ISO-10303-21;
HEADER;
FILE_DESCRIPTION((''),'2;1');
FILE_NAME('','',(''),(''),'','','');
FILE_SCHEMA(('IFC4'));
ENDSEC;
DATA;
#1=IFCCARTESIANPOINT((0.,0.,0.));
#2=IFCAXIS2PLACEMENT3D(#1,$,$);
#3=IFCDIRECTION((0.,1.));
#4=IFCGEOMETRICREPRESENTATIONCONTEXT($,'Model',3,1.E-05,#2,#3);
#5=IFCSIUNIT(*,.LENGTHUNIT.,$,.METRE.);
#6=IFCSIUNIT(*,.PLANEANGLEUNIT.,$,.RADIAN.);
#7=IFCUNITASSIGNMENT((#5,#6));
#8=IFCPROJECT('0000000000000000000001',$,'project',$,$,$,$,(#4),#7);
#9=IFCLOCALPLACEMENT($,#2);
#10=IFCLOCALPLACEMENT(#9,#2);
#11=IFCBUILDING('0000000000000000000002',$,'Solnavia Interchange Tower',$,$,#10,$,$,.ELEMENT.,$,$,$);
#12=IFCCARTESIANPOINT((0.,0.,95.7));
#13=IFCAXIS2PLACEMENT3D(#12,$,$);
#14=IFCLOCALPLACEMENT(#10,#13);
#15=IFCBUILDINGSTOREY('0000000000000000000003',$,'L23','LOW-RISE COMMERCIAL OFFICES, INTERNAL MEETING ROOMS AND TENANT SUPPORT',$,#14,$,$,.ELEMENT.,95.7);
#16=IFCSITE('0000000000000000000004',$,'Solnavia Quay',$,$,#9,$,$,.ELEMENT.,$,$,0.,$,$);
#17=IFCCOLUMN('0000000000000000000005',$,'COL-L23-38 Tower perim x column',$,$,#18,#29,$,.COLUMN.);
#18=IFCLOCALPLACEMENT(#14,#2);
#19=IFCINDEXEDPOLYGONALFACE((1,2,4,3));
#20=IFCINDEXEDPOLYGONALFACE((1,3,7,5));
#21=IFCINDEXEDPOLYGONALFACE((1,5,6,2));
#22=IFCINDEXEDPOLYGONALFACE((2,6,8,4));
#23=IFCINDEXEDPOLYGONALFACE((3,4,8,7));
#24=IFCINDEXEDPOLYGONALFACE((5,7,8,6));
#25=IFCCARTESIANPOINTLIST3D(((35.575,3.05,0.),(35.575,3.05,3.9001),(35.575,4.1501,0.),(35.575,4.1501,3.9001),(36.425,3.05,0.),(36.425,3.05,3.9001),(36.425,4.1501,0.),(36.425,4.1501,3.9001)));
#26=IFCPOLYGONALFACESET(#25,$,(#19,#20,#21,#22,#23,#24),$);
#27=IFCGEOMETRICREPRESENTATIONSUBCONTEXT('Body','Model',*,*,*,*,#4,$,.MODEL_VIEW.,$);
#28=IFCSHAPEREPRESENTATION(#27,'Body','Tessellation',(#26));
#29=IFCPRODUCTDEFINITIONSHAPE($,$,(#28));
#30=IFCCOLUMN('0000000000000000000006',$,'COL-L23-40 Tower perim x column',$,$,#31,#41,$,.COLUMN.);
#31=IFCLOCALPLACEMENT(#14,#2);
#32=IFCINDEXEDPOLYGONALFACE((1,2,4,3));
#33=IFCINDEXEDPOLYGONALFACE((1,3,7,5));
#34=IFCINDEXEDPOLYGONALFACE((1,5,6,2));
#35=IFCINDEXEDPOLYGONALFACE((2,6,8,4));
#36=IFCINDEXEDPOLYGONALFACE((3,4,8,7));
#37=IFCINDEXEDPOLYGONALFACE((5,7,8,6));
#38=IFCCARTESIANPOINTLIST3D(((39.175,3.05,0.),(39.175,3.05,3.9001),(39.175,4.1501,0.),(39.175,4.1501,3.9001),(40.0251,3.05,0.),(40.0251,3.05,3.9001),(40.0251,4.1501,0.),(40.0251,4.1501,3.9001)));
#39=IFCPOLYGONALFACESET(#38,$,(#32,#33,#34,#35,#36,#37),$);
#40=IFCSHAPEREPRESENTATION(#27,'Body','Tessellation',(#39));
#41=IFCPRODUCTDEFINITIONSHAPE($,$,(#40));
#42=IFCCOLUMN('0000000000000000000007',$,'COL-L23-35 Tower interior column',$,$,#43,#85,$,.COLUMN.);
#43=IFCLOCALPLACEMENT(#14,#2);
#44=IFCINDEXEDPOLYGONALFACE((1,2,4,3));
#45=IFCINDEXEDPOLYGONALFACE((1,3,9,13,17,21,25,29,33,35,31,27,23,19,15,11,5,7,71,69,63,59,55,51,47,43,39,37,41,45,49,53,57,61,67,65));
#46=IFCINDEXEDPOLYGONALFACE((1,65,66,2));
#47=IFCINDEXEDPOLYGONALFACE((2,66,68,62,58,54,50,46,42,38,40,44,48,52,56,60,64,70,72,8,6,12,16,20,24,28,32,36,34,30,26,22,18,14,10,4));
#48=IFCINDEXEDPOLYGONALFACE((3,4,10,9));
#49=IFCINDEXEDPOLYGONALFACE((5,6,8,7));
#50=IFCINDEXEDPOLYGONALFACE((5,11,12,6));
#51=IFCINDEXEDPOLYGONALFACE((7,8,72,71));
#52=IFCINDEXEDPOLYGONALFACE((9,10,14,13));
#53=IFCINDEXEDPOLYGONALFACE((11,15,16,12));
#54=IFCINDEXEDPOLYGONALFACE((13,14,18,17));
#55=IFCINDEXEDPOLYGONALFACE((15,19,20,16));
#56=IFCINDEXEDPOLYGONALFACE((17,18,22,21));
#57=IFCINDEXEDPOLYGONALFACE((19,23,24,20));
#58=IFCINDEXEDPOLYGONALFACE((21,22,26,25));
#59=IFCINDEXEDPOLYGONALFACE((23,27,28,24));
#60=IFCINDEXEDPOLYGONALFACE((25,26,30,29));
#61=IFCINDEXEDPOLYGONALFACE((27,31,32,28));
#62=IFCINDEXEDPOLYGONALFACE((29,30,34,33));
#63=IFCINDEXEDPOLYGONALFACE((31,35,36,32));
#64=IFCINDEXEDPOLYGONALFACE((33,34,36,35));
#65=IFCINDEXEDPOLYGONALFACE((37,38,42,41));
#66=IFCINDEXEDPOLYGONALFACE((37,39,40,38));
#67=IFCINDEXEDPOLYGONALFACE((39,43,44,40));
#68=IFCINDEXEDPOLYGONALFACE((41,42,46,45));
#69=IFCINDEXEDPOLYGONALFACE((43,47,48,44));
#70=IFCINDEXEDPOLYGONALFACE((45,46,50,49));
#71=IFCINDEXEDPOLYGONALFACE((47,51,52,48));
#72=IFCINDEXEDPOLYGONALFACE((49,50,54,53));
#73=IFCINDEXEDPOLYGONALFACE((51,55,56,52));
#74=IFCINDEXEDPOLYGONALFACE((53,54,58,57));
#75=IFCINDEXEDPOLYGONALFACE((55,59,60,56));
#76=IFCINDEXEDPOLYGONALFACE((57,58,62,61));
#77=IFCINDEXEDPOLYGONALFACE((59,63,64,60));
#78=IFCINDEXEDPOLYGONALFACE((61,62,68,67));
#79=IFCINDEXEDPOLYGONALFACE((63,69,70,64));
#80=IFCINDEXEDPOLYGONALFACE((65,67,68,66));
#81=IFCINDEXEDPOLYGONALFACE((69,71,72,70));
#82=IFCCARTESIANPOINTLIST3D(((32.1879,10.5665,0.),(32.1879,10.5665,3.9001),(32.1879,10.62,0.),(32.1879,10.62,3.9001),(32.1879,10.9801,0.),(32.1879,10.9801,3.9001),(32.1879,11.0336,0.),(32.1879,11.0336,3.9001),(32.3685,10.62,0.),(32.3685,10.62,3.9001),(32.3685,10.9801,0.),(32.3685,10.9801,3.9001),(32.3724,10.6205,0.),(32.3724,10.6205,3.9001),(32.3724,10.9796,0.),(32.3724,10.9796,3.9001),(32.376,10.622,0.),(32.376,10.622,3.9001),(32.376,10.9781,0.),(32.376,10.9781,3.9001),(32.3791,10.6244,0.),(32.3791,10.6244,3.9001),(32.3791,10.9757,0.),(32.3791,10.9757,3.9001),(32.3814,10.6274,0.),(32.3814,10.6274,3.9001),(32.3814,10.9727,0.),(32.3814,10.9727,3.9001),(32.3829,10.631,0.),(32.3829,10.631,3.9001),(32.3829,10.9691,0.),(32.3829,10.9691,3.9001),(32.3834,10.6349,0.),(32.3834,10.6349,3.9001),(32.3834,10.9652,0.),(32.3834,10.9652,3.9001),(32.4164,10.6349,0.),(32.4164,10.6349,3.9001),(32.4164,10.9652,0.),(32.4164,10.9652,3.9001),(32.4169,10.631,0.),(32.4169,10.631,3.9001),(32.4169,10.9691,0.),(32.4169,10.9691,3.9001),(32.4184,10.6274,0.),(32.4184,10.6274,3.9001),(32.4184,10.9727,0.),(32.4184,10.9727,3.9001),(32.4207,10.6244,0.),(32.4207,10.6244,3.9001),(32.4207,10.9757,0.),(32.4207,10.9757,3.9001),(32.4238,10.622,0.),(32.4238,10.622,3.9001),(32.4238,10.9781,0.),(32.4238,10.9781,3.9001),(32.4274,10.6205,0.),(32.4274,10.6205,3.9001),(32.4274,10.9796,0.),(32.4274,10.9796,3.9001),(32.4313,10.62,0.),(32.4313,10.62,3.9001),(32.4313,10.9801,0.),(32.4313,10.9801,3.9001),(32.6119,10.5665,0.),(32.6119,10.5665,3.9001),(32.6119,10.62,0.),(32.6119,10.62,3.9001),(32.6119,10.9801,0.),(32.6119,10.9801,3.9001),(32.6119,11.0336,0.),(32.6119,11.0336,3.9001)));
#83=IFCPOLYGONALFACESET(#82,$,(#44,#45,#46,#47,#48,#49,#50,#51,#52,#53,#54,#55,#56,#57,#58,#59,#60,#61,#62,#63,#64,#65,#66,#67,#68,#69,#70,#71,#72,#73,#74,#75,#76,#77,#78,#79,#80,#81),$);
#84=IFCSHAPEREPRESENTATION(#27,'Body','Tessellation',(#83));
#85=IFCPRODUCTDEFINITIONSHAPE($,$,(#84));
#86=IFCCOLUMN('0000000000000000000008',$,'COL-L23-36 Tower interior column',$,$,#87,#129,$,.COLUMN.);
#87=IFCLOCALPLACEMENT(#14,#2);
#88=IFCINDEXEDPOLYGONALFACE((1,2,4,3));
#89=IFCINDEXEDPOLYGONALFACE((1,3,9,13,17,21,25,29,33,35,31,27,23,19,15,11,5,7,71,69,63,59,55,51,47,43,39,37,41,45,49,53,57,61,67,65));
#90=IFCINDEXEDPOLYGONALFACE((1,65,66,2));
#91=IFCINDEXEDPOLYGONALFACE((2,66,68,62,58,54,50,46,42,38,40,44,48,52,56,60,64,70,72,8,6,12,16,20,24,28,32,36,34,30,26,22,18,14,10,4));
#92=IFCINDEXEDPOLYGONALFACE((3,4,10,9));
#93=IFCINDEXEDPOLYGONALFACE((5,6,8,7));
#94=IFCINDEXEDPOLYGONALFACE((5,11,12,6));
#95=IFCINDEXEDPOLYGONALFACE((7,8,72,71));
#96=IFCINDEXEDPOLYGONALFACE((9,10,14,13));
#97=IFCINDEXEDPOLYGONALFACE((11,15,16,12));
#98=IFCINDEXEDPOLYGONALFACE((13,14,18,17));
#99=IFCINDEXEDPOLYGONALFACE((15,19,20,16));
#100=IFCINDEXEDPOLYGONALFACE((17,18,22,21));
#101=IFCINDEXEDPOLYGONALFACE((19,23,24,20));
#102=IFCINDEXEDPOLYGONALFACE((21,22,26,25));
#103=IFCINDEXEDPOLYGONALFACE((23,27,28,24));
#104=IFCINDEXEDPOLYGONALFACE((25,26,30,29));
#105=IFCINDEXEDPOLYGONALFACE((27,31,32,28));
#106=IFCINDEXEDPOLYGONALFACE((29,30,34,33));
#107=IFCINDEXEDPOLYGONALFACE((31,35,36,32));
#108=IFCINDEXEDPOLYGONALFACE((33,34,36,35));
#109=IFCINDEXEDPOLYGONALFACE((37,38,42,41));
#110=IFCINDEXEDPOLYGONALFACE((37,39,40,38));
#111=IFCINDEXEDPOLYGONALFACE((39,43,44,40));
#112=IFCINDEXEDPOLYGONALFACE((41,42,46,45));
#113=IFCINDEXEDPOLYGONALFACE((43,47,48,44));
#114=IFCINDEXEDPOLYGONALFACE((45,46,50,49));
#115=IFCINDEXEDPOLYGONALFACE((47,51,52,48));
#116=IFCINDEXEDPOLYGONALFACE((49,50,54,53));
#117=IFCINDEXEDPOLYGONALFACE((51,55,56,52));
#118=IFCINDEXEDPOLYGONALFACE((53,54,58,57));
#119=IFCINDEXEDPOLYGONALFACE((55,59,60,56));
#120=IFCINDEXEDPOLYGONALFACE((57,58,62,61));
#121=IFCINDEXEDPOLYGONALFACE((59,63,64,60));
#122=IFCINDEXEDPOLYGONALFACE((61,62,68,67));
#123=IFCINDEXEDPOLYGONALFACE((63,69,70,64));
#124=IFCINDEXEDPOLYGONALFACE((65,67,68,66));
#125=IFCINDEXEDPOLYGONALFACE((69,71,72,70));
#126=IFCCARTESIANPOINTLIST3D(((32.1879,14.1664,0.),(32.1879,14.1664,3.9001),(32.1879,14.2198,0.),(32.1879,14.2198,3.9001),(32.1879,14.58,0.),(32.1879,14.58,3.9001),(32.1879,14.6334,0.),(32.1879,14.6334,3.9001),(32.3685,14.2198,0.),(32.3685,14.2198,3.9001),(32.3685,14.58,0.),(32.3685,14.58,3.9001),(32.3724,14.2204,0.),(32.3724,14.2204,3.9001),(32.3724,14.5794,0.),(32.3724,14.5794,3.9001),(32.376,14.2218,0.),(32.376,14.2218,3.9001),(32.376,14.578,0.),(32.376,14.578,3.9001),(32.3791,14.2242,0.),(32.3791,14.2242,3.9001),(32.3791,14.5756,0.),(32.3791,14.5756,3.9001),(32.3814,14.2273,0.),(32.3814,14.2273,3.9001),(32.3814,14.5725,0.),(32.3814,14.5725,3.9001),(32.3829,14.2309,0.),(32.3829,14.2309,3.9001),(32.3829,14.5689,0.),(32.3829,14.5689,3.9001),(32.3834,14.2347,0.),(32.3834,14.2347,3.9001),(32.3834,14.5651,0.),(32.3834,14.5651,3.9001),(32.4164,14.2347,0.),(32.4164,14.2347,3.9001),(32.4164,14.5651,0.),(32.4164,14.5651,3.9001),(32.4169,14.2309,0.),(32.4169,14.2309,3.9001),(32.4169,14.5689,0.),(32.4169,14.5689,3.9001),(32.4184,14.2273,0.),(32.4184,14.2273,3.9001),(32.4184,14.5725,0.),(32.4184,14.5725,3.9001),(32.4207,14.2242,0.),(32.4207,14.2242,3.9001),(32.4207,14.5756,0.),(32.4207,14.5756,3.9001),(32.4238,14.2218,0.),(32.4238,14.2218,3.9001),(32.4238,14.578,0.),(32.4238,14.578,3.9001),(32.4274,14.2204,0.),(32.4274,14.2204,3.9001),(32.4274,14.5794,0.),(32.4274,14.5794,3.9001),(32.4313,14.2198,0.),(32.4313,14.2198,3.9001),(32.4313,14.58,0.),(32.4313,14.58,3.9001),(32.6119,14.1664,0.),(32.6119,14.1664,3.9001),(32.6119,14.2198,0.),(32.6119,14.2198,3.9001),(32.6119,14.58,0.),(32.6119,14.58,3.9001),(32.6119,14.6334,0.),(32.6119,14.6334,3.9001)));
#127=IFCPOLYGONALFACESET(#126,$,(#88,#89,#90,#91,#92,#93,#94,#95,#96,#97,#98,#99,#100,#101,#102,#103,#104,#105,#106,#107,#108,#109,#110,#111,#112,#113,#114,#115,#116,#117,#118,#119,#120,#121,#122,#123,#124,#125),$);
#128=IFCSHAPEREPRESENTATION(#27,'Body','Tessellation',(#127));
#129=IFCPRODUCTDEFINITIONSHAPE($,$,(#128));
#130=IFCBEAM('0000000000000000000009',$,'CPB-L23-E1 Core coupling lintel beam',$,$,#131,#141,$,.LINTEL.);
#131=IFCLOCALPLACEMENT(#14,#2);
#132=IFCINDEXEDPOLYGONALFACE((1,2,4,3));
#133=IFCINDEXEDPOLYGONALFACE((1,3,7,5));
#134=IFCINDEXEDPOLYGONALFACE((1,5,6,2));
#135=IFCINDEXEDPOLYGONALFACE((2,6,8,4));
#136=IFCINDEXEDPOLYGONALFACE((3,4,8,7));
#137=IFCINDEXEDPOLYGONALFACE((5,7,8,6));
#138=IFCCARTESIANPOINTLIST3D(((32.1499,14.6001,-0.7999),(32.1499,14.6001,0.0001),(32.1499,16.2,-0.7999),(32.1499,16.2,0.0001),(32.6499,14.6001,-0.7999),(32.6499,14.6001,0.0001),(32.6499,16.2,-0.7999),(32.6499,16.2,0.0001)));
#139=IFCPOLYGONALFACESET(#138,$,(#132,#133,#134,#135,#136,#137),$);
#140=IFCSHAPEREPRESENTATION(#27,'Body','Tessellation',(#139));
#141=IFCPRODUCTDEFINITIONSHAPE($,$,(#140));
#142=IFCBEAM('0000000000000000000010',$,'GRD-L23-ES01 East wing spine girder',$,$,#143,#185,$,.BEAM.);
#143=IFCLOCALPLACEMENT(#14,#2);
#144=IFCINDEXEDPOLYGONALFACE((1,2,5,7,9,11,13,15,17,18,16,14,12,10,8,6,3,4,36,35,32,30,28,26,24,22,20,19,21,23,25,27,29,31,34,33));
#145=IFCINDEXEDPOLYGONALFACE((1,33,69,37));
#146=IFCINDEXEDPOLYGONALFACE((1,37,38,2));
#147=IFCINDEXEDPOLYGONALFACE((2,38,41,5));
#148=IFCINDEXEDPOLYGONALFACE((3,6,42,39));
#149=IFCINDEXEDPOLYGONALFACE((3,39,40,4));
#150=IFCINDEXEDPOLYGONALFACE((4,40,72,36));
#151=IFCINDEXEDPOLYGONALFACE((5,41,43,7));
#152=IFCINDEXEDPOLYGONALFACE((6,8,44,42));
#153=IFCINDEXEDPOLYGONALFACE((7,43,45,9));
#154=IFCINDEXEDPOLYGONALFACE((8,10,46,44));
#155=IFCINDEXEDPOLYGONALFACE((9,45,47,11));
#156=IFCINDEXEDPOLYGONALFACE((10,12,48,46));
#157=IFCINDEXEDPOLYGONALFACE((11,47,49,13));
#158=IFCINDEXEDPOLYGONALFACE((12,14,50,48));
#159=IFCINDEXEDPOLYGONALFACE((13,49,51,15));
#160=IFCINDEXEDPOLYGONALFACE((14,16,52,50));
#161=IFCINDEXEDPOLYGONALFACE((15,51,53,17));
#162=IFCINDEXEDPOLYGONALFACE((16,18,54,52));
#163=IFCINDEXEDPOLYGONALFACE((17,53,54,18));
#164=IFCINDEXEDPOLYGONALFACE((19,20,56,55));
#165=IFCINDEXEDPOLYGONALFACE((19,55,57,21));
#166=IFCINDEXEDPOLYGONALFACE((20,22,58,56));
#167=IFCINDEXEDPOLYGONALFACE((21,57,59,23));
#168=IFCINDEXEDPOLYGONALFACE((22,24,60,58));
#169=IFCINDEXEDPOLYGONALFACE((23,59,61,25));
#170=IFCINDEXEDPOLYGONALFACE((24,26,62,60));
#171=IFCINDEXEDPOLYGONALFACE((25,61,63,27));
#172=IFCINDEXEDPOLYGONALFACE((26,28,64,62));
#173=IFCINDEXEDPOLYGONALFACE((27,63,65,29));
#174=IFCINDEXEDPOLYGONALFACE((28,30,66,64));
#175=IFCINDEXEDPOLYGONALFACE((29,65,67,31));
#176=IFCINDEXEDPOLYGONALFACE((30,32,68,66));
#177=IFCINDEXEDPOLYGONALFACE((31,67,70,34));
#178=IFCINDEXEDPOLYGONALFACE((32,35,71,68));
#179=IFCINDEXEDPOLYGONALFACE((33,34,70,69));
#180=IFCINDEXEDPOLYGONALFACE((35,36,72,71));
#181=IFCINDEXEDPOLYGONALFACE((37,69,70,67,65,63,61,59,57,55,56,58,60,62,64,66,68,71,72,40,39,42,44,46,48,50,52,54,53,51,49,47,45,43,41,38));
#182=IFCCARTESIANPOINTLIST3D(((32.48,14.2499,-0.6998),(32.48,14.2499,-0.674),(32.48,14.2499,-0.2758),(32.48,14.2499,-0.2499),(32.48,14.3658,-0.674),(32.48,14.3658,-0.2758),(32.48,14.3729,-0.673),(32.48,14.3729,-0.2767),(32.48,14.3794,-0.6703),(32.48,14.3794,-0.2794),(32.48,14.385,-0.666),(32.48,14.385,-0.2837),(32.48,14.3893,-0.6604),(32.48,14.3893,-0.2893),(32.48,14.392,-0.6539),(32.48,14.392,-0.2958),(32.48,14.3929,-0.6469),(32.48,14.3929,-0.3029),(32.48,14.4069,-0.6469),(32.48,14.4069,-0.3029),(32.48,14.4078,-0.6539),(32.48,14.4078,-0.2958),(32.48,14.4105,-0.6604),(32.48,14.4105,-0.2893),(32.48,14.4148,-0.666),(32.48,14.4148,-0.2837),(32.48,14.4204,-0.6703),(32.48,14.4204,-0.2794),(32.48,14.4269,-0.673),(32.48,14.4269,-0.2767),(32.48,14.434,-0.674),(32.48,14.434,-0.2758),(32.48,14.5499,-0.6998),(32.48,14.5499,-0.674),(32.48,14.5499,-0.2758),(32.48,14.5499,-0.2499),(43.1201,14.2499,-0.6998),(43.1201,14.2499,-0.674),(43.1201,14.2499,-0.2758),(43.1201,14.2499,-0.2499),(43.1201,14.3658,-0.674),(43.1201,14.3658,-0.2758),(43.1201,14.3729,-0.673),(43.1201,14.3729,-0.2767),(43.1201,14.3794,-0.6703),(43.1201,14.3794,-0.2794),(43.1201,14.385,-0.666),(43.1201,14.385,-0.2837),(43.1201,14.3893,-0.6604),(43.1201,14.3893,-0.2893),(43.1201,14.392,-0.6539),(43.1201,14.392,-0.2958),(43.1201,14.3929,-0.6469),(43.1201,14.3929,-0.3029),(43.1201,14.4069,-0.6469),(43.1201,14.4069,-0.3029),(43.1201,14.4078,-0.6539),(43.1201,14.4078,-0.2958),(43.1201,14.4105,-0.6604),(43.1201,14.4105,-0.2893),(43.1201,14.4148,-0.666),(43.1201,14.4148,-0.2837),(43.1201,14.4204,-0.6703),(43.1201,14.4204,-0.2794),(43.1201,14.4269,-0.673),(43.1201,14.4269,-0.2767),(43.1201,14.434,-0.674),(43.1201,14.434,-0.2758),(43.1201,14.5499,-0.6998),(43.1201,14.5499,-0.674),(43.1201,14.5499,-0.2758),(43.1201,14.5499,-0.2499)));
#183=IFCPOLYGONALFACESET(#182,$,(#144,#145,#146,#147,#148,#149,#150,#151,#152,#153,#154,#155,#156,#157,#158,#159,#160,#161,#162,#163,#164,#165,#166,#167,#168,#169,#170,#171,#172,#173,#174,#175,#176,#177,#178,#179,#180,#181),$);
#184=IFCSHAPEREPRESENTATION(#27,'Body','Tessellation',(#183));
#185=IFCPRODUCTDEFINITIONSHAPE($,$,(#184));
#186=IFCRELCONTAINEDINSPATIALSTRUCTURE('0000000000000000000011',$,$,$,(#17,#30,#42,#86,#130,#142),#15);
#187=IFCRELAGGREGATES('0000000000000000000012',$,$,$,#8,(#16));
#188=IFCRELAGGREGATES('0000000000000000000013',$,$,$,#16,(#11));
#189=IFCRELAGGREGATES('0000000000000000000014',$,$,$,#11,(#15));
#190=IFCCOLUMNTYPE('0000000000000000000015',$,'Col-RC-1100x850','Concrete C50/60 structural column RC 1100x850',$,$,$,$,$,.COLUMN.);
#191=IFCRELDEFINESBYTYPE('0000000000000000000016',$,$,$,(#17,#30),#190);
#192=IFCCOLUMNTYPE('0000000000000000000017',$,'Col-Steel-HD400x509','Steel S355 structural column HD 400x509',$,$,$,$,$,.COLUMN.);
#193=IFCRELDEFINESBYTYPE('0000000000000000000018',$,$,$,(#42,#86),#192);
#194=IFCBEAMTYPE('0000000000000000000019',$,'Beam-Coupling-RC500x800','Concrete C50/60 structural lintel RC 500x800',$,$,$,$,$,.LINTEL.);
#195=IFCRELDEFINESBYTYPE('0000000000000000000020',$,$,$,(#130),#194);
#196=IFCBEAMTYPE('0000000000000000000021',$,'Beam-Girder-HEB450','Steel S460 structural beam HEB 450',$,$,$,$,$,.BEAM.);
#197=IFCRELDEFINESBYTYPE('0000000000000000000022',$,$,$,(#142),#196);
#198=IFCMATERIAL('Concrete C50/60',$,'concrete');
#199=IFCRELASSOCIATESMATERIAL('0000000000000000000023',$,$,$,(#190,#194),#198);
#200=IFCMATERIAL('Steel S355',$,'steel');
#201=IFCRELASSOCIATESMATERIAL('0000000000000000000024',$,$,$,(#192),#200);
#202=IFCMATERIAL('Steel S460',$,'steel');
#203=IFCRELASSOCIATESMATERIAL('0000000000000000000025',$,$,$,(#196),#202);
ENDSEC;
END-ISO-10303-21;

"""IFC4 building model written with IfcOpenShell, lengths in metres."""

from ifc_helpers import new_model, si_unit, direction, frame, origin, origin_2d, place, context, subcontext, project, spatial, rectangle, i_section, extrude, material, material_profile, profile_set, type_object, element, save


model = new_model("IFC4")

# Units and contexts
model_context = context("Model", 3, precision=1e-05, world=origin(), true_north=direction((0.0, 1.0)))
body_context = subcontext(model_context, "Body", "Model", "MODEL_VIEW")
ifc_project = project(units=[si_unit("LENGTHUNIT", "METRE"), si_unit("PLANEANGLEUNIT", "RADIAN")], contexts=[model_context])

# Site, building, storey
site_placement = place(None, origin())
site = spatial("IfcSite", under=ifc_project, at=site_placement, Name="Solnavia Quay", CompositionType="ELEMENT", RefElevation=0.0)
building_placement = place(site_placement, origin())
building = spatial("IfcBuilding", under=site, at=building_placement, Name="Solnavia Interchange Tower", CompositionType="ELEMENT")
storey_placement = place(building_placement, frame((0.0, 0.0, 95.7)))
storey = spatial("IfcBuildingStorey", under=building, at=storey_placement, Name="L23", Description="LOW-RISE COMMERCIAL OFFICES, INTERNAL MEETING ROOMS AND TENANT SUPPORT", CompositionType="ELEMENT", Elevation=95.7)

# Columns
ifc_material_1 = material(Name="Concrete C50/60", Category="concrete")
ifc_material_profile_1 = material_profile(ifc_material_1, rectangle(XDim=0.8501, YDim=1.1001, at=origin_2d()), Name="RC 1100x850")
ifc_profile_set_1 = profile_set([ifc_material_profile_1], Name="Concrete C50/60")
column_type_1 = type_object("IfcColumnType", Name="Col-RC-1100x850", Description="Concrete C50/60 structural column RC 1100x850", PredefinedType="COLUMN", material=ifc_profile_set_1)
for number, where, z_axis, x_axis, name in (
    (1, (36.0, 3.6001, 0.0), (0.0, 0.0, 1.0), (1.0, 0.0, 0.0), "COL-L23-38 Tower perim x column"),
    (2, (39.6001, 3.6001, 0.0), (0.0, 0.0, 1.0), (1.0, 0.0, 0.0), "COL-L23-40 Tower perim x column"),
):
    element("IfcColumn", number, at=place(storey_placement, frame(where, z_axis=z_axis, x_axis=x_axis)), inside=storey, type_object=column_type_1, Name=name, PredefinedType="COLUMN", context=body_context, shape_type="SweptSolid", body=[
        extrude(rectangle(XDim=0.8501, YDim=1.1001, at=origin_2d()), origin(), (0.0, 0.0, 1.0), 3.9001),
    ])
ifc_material_2 = material(Name="Steel S355", Category="steel")
ifc_material_profile_2 = material_profile(ifc_material_2, i_section(OverallWidth=0.4241, OverallDepth=0.467, WebThickness=0.033, FlangeThickness=0.0535, FilletRadius=0.0149, at=origin_2d()), Name="HD 400x509")
ifc_profile_set_2 = profile_set([ifc_material_profile_2], Name="Steel S355")
column_type_2 = type_object("IfcColumnType", Name="Col-Steel-HD400x509", Description="Steel S355 structural column HD 400x509", PredefinedType="COLUMN", material=ifc_profile_set_2)
for number, where, z_axis, x_axis, name in (
    (3, (32.3999, 10.8, 0.0), (0.0, 0.0, 1.0), (1.0, 0.0, 0.0), "COL-L23-35 Tower interior column"),
    (4, (32.3999, 14.3999, 0.0), (0.0, 0.0, 1.0), (1.0, 0.0, 0.0), "COL-L23-36 Tower interior column"),
):
    element("IfcColumn", number, at=place(storey_placement, frame(where, z_axis=z_axis, x_axis=x_axis)), inside=storey, type_object=column_type_2, Name=name, PredefinedType="COLUMN", context=body_context, shape_type="SweptSolid", body=[
        extrude(i_section(OverallWidth=0.4241, OverallDepth=0.467, WebThickness=0.033, FlangeThickness=0.0535, FilletRadius=0.0149, at=origin_2d()), origin(), (0.0, 0.0, 1.0), 3.9001),
    ])

# Beams
ifc_material_profile_3 = material_profile(ifc_material_1, rectangle(XDim=0.5, YDim=0.8, at=origin_2d()), Name="RC 500x800")
ifc_profile_set_3 = profile_set([ifc_material_profile_3], Name="Concrete C50/60")
beam_type_1 = type_object("IfcBeamType", Name="Beam-Coupling-RC500x800", Description="Concrete C50/60 structural lintel RC 500x800", PredefinedType="LINTEL", material=ifc_profile_set_3)
beam_1_placement = place(storey_placement, frame((32.3999, 14.6001, -0.3999), z_axis=(0.0, 1.0, 0.0), x_axis=(-1.0, 0.0, 0.0)))
element("IfcBeam", 5, at=beam_1_placement, inside=storey, type_object=beam_type_1, Name="CPB-L23-E1 Core coupling lintel beam", PredefinedType="LINTEL", context=body_context, shape_type="SweptSolid", body=[
    extrude(rectangle(XDim=0.5, YDim=0.8, at=origin_2d()), origin(), (0.0, 0.0, 1.0), 1.5999),
])
ifc_material_3 = material(Name="Steel S460", Category="steel")
ifc_material_profile_4 = material_profile(ifc_material_3, i_section(OverallWidth=0.3, OverallDepth=0.45, WebThickness=0.0139, FlangeThickness=0.0259, FilletRadius=0.0271, at=origin_2d()), Name="HEB 450")
ifc_profile_set_4 = profile_set([ifc_material_profile_4], Name="Steel S460")
beam_type_2 = type_object("IfcBeamType", Name="Beam-Girder-HEB450", Description="Steel S460 structural beam HEB 450", PredefinedType="BEAM", material=ifc_profile_set_4)
beam_2_placement = place(storey_placement, frame((32.48, 14.3999, -0.4749), z_axis=(1.0, 0.0, 0.0), x_axis=(0.0, 1.0, 0.0)))
element("IfcBeam", 6, at=beam_2_placement, inside=storey, type_object=beam_type_2, Name="GRD-L23-ES01 East wing spine girder", PredefinedType="BEAM", context=body_context, shape_type="SweptSolid", body=[
    extrude(i_section(OverallWidth=0.3, OverallDepth=0.45, WebThickness=0.0139, FlangeThickness=0.0259, FilletRadius=0.0271, at=origin_2d()), origin(), (0.0, 0.0, 1.0), 10.6401),
])

save(model, "model.ifc")
